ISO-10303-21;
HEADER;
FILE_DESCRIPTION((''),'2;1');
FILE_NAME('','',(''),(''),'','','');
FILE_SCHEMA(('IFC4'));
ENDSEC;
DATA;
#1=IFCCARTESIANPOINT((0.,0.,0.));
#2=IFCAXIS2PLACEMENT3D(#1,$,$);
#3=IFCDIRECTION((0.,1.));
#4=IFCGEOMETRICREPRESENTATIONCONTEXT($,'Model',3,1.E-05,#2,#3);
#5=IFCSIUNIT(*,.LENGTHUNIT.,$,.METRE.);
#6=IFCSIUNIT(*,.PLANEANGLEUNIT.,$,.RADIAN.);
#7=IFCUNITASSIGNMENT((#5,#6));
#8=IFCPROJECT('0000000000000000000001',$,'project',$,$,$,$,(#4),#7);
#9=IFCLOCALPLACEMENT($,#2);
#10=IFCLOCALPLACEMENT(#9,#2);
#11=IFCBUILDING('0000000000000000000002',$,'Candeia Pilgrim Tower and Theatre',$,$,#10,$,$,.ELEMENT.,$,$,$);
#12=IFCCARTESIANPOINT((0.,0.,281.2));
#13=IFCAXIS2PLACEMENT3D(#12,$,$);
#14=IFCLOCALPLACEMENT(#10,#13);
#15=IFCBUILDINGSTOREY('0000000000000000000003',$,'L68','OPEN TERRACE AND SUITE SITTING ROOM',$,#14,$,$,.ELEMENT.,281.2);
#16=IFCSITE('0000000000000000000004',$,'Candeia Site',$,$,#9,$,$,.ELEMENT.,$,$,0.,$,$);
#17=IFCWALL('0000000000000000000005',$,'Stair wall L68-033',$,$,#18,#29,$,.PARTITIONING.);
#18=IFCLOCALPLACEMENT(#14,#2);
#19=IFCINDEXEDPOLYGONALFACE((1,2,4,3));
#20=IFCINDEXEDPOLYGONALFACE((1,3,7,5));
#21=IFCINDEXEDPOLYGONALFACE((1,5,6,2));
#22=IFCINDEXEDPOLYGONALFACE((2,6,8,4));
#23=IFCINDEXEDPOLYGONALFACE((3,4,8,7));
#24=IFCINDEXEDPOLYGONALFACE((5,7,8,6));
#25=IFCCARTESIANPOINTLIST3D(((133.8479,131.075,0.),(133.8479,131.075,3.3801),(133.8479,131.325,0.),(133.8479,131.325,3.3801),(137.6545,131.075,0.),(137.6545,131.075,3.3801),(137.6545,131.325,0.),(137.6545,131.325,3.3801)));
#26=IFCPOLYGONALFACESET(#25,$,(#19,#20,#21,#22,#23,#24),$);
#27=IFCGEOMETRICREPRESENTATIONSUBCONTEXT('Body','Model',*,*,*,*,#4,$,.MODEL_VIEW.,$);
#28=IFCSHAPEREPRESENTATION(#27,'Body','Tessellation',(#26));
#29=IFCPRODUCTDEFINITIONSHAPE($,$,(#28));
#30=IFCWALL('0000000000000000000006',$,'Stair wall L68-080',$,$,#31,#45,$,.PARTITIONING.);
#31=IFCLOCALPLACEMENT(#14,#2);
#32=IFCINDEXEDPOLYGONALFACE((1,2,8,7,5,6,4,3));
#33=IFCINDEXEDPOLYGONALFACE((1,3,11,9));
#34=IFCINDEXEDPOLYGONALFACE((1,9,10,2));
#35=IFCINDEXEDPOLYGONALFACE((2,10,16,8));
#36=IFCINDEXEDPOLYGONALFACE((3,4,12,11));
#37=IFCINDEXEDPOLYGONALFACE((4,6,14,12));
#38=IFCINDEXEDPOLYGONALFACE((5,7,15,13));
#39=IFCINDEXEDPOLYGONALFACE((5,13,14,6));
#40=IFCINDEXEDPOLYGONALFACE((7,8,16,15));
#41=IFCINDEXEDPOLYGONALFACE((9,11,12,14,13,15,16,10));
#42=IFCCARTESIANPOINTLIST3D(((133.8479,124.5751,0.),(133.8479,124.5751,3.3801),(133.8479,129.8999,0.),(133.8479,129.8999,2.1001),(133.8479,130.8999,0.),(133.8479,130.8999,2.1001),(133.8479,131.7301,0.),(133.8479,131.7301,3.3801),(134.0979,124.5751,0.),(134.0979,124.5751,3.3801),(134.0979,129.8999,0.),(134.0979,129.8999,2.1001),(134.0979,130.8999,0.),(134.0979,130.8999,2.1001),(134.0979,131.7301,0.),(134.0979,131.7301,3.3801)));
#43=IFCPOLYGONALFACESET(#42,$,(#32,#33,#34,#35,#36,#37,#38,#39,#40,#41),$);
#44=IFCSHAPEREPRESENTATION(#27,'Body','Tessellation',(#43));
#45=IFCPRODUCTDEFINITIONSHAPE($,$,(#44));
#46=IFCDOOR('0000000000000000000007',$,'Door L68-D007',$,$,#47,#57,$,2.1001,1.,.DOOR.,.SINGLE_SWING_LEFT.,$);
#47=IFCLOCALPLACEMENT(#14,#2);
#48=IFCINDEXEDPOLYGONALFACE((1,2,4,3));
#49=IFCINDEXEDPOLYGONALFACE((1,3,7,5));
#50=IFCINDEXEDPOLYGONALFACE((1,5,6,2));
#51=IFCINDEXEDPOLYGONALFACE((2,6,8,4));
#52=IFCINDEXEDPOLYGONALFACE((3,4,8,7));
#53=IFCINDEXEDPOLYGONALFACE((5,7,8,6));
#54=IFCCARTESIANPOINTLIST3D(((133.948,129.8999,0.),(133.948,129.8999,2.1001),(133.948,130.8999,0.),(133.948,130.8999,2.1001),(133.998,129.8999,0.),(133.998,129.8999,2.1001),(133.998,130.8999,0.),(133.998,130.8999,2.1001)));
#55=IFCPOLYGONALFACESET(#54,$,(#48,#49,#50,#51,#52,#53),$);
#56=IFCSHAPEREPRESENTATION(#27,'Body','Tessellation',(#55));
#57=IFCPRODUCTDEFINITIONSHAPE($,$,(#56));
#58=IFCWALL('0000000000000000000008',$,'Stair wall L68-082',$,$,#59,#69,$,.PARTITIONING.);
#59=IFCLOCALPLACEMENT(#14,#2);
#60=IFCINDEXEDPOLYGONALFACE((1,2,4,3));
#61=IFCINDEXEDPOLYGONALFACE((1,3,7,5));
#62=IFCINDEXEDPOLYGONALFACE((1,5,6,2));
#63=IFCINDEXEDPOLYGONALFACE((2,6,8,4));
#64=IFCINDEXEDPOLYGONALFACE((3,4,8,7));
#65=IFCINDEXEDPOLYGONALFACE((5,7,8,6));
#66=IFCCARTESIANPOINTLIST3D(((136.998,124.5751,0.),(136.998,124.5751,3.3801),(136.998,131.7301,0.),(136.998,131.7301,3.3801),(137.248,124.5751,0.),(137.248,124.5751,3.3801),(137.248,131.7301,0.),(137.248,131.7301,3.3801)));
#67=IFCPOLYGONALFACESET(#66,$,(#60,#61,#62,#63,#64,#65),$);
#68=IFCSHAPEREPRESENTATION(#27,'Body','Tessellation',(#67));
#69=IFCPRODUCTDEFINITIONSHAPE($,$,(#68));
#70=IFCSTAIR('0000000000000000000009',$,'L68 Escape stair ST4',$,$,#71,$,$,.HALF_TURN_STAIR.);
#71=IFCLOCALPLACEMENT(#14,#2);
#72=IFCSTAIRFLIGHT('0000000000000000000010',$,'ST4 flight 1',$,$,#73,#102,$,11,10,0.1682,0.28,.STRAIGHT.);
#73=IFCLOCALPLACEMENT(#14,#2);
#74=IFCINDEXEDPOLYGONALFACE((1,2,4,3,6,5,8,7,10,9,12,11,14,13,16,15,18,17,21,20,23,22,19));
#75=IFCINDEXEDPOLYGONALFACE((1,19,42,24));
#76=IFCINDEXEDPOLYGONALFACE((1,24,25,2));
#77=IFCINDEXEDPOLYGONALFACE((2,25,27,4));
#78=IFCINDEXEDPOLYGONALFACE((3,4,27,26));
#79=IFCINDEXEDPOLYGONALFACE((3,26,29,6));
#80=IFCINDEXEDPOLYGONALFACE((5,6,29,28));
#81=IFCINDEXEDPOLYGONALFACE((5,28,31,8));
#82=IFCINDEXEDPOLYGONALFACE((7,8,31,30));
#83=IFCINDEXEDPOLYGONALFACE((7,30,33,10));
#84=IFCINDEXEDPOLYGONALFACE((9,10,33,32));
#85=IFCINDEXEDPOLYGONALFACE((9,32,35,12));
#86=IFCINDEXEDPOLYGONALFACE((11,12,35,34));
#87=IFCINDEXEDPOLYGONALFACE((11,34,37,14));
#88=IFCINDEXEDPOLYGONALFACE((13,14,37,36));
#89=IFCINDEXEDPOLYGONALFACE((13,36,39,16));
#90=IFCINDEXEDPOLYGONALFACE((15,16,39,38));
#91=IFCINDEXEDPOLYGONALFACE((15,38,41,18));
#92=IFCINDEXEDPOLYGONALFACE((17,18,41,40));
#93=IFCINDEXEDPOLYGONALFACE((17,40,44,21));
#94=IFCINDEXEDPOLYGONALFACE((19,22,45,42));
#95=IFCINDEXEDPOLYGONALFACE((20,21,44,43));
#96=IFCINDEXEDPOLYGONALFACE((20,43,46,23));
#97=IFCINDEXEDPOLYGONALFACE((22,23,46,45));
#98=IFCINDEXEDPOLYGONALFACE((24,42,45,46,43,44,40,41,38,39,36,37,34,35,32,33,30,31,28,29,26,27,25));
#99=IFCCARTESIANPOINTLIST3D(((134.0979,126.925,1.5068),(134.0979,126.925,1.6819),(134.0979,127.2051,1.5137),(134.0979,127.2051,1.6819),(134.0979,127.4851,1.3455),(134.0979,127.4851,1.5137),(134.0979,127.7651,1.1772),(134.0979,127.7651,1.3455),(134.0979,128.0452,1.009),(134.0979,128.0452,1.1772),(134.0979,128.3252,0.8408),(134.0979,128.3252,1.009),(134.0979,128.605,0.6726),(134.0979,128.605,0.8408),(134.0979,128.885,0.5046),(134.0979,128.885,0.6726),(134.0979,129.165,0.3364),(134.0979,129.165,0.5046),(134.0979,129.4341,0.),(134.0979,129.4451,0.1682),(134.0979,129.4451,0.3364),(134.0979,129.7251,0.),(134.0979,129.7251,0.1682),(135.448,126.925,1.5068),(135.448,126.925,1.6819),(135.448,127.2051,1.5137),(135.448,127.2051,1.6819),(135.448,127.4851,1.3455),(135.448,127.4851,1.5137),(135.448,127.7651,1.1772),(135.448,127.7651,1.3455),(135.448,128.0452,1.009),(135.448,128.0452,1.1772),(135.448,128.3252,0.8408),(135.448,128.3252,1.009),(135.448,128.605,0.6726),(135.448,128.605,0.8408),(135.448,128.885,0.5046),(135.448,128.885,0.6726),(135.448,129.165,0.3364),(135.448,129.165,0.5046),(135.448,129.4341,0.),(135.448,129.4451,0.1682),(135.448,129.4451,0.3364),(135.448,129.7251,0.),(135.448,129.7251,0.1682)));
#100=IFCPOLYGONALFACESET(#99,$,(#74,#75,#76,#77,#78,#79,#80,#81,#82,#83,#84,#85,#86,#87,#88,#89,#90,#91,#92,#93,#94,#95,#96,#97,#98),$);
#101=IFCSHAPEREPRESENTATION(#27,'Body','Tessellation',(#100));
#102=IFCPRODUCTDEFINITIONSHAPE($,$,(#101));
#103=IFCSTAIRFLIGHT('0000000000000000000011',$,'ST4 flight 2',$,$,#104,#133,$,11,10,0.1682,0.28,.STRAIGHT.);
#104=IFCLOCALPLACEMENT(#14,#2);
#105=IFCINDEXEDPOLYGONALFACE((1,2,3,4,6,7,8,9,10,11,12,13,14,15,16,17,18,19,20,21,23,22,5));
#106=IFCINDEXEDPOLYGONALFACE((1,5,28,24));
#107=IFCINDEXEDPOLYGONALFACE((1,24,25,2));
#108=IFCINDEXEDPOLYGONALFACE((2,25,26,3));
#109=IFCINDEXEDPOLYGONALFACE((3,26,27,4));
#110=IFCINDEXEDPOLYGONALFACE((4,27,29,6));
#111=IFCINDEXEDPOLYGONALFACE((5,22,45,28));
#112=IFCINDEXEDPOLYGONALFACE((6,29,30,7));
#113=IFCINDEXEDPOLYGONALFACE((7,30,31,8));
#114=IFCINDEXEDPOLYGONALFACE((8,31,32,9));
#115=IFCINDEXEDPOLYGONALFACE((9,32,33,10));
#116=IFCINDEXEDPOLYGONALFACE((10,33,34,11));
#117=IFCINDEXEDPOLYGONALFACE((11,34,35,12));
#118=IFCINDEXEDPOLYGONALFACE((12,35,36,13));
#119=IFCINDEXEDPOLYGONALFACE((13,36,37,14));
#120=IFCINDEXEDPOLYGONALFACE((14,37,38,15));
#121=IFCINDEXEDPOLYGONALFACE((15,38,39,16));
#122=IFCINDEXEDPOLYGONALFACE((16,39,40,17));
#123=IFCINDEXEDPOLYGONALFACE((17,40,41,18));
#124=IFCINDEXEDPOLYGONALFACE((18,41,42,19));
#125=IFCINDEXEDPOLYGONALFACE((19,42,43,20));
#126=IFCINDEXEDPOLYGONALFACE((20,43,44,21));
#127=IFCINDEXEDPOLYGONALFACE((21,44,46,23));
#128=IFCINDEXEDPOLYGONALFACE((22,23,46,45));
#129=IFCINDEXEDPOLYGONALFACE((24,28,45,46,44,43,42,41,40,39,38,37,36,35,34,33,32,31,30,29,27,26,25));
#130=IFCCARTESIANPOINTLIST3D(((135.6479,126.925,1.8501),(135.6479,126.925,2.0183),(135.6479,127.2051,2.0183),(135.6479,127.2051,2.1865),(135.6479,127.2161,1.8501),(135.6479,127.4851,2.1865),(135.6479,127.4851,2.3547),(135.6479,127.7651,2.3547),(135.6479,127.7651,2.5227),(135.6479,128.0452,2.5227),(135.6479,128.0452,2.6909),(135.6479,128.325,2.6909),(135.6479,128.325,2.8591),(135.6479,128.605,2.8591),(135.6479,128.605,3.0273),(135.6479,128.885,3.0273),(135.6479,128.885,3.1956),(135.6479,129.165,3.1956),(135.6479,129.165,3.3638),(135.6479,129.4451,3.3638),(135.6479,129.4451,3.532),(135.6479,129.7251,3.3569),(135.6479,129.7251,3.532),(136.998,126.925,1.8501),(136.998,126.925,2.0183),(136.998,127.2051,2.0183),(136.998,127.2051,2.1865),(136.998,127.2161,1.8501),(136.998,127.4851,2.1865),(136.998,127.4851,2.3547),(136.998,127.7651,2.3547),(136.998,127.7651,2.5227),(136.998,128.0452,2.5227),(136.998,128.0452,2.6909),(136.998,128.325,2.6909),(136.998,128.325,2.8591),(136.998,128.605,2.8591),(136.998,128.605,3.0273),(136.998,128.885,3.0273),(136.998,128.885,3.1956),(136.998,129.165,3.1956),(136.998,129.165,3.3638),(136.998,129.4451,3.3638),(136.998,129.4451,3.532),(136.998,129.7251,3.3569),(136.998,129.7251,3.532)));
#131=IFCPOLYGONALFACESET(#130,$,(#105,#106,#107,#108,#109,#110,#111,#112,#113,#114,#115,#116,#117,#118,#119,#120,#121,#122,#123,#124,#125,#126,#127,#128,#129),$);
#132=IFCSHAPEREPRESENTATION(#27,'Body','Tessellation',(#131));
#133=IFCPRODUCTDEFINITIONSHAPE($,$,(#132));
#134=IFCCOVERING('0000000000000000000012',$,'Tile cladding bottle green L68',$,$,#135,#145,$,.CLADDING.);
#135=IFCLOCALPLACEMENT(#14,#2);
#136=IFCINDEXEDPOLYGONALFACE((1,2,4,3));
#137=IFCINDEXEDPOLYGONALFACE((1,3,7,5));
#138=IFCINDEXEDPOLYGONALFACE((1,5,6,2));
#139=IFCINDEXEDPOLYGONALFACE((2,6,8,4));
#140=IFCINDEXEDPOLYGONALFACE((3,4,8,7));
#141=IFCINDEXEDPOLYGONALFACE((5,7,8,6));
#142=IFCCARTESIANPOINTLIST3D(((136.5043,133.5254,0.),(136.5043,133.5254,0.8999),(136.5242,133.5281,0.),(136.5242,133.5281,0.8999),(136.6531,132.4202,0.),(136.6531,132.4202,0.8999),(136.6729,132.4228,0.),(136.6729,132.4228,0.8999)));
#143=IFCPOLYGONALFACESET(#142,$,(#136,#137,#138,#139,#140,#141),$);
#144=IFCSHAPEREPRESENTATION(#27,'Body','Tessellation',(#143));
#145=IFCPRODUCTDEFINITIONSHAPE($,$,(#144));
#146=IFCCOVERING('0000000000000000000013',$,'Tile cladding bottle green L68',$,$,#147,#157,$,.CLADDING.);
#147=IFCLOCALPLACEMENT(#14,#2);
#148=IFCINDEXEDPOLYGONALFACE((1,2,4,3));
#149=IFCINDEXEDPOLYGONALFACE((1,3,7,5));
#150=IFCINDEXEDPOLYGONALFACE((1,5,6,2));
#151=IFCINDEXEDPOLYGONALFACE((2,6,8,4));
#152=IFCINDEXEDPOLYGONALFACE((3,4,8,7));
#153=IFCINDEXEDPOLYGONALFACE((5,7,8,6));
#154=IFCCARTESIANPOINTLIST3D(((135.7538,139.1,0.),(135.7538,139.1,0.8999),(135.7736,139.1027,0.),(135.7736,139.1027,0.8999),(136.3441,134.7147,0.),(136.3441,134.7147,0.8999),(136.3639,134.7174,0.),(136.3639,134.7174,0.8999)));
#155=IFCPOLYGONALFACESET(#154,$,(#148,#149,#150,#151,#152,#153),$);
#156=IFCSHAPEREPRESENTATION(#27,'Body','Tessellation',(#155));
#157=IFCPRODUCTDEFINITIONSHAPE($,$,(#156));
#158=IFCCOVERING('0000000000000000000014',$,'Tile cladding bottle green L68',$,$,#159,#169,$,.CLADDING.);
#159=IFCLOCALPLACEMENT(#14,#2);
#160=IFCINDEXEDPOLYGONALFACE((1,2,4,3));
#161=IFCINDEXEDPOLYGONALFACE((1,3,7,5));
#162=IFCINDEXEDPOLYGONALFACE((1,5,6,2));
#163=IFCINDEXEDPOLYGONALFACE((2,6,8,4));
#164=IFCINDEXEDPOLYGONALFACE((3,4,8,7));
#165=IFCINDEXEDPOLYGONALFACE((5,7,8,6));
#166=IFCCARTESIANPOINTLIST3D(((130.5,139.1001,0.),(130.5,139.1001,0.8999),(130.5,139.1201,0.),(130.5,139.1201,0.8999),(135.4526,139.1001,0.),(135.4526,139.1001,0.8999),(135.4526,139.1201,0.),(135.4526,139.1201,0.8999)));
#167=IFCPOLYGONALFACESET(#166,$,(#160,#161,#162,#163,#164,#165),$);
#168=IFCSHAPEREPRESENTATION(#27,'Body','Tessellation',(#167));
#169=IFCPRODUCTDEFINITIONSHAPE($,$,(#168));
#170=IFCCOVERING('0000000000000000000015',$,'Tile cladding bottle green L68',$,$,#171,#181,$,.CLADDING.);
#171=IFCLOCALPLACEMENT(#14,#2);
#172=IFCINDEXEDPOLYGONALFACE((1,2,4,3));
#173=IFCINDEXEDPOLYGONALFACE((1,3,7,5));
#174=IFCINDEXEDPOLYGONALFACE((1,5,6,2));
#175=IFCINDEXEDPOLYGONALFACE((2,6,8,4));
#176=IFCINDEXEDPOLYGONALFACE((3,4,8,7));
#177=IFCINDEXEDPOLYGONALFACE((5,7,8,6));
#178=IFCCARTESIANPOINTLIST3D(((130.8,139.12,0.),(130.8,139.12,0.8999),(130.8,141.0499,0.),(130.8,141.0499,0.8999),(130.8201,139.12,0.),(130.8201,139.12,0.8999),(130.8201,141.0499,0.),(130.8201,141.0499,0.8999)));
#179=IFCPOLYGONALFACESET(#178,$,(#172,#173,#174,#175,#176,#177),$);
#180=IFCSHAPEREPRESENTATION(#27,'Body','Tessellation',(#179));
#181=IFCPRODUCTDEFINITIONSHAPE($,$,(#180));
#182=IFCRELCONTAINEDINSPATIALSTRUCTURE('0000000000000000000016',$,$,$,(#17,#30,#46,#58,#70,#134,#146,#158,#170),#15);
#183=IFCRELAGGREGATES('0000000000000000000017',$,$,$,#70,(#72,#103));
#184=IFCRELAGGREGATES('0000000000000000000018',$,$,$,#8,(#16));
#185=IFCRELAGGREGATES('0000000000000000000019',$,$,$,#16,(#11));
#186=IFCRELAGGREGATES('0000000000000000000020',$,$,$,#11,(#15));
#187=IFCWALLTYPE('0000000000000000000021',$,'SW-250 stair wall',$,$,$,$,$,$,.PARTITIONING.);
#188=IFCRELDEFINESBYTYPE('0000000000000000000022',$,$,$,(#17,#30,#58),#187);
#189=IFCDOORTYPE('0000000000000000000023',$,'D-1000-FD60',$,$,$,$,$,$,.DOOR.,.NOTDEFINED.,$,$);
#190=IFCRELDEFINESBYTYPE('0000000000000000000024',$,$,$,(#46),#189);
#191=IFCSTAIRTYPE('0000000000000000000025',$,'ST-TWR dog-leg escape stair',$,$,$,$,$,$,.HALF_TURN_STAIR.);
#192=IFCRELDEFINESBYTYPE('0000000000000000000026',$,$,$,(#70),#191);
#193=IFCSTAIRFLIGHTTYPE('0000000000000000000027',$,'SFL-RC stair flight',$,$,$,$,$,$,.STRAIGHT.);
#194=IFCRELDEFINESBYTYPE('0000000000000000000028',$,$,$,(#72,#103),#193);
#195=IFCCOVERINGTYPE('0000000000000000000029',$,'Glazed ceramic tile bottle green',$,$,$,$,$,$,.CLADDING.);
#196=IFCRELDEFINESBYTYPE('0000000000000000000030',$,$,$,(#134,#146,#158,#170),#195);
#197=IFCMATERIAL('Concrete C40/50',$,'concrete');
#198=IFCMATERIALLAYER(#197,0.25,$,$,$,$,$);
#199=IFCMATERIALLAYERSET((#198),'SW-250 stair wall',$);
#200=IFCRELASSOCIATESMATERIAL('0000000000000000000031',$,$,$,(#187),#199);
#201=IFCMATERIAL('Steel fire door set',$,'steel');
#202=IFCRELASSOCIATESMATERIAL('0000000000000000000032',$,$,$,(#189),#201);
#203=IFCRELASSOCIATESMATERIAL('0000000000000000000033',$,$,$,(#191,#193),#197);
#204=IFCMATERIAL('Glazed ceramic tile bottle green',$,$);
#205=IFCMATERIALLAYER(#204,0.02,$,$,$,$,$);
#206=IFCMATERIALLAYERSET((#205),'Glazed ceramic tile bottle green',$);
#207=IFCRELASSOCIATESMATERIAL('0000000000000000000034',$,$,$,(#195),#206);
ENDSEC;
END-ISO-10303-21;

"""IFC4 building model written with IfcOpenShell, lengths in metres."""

from ifc_helpers import new_model, si_unit, direction, frame, frame_2d, origin, origin_2d, place, context, subcontext, project, spatial, polyline, rectangle, outline, extrude, material, layer, layer_set, type_object, element, fill, aggregate, save


model = new_model("IFC4")

# Units and contexts
model_context = context("Model", 3, precision=1e-05, world=origin(), true_north=direction((0.0, 1.0)))
body_context = subcontext(model_context, "Body", "Model", "MODEL_VIEW")
ifc_project = project(units=[si_unit("LENGTHUNIT", "METRE"), si_unit("PLANEANGLEUNIT", "RADIAN")], contexts=[model_context])

# Site, building, storey
site_placement = place(None, origin())
site = spatial("IfcSite", under=ifc_project, at=site_placement, Name="Candeia Site", CompositionType="ELEMENT", RefElevation=0.0)
building_placement = place(site_placement, origin())
building = spatial("IfcBuilding", under=site, at=building_placement, Name="Candeia Pilgrim Tower and Theatre", CompositionType="ELEMENT")
storey_placement = place(building_placement, frame((0.0, 0.0, 281.2)))
storey = spatial("IfcBuildingStorey", under=building, at=storey_placement, Name="L68", Description="OPEN TERRACE AND SUITE SITTING ROOM", CompositionType="ELEMENT", Elevation=281.2)

# Shared definitions
ifc_material_1 = material(Name="Concrete C40/50", Category="concrete")

# Wall
ifc_layer_1 = layer(ifc_material_1, 0.25)
ifc_layer_set_1 = layer_set([ifc_layer_1], Name="SW-250 stair wall")
wall_type_1 = type_object("IfcWallType", Name="SW-250 stair wall", PredefinedType="PARTITIONING", material=ifc_layer_set_1)
wall_1_placement = place(storey_placement, frame((133.8479, 131.2, 0.0), z_axis=(0.0, 0.0, 1.0), x_axis=(1.0, 0.0, 0.0)))
element("IfcWall", 1, at=wall_1_placement, inside=storey, type_object=wall_type_1, Name="Stair wall L68-033", PredefinedType="PARTITIONING", context=body_context, shape_type="SweptSolid", body=[
    extrude(rectangle(XDim=3.8066, YDim=0.25, at=frame_2d((1.9033, 0.0))), origin(), (0.0, 0.0, 1.0), 3.3801),
])

# Wall, opening, door
wall_2_placement = place(storey_placement, frame((133.9729, 124.575, 0.0), z_axis=(0.0, 0.0, 1.0), x_axis=(0.0, 1.0, 0.0)))
wall_2 = element("IfcWall", 2, at=wall_2_placement, inside=storey, type_object=wall_type_1, Name="Stair wall L68-080", PredefinedType="PARTITIONING", context=body_context, shape_type="SweptSolid", body=[
    extrude(rectangle(XDim=7.155, YDim=0.25, at=frame_2d((3.5776, 0.0))), origin(), (0.0, 0.0, 1.0), 3.3801),
])
opening_1_placement = place(wall_2_placement, frame((5.325, 0.0, 0.0)))
opening_1 = element("IfcOpeningElement", 3, at=opening_1_placement, cuts=wall_2, PredefinedType="OPENING", context=body_context, shape_type="SweptSolid", body=[
    extrude(rectangle(XDim=1.0, YDim=2.1001, at=frame_2d((0.5, 1.05))), frame((0.0, 0.135, 0.0), z_axis=(0.0, -1.0, 0.0), x_axis=(1.0, 0.0, 0.0)), (0.0, 0.0, 1.0), 0.27),
])
ifc_material_2 = material(Name="Steel fire door set", Category="steel")
door_type_1 = type_object("IfcDoorType", Name="D-1000-FD60", OperationType="NOTDEFINED", PredefinedType="DOOR", material=ifc_material_2)
door_1_placement = place(opening_1_placement, origin())
door_1 = element("IfcDoor", 4, at=door_1_placement, inside=storey, type_object=door_type_1, Name="Door L68-D007", OperationType="SINGLE_SWING_LEFT", OverallHeight=2.1001, OverallWidth=1.0, PredefinedType="DOOR", context=body_context, shape_type="SweptSolid", body=[
    extrude(rectangle(XDim=1.0, YDim=2.1001, at=frame_2d((0.5, 1.05))), frame((0.0, 0.0249, 0.0), z_axis=(0.0, -1.0, 0.0), x_axis=(1.0, 0.0, 0.0)), (0.0, 0.0, 1.0), 0.05),
])
fill(opening_1, door_1)

# Wall
wall_3_placement = place(storey_placement, frame((137.123, 124.575, 0.0), z_axis=(0.0, 0.0, 1.0), x_axis=(0.0, 1.0, 0.0)))
element("IfcWall", 5, at=wall_3_placement, inside=storey, type_object=wall_type_1, Name="Stair wall L68-082", PredefinedType="PARTITIONING", context=body_context, shape_type="SweptSolid", body=[
    extrude(rectangle(XDim=7.155, YDim=0.25, at=frame_2d((3.5776, 0.0))), origin(), (0.0, 0.0, 1.0), 3.3801),
])

# Stair, stair flights
stair_type = type_object("IfcStairType", Name="ST-TWR dog-leg escape stair", PredefinedType="HALF_TURN_STAIR", material=ifc_material_1)
stair_placement = place(storey_placement, origin())
stair = element("IfcStair", 6, at=stair_placement, inside=storey, type_object=stair_type, Name="L68 Escape stair ST4", PredefinedType="HALF_TURN_STAIR")
stair_flight_type = type_object("IfcStairFlightType", Name="SFL-RC stair flight", PredefinedType="STRAIGHT", material=ifc_material_1)
stair_flight_1_placement = place(storey_placement, frame((134.7729, 129.7251, 0.0), z_axis=(0.0, 0.0, 1.0), x_axis=(0.0, -1.0, 0.0)))
stair_flight_1 = element("IfcStairFlight", 7, at=stair_flight_1_placement, type_object=stair_flight_type, Name="ST4 flight 1", NumberOfRisers=11, NumberOfTreads=10, PredefinedType="STRAIGHT", RiserHeight=0.1682, TreadLength=0.28, context=body_context, shape_type="SweptSolid", body=[
    extrude(outline(polyline([(0.0, 0.0), (0.0, 0.1682), (0.28, 0.1682), (0.28, 0.3364), (0.5601, 0.3364), (0.5601, 0.5046), (0.8401, 0.5046), (0.8401, 0.6726), (1.1201, 0.6726), (1.1201, 0.8408), (1.3999, 0.8408), (1.3999, 1.009), (1.6799, 1.009), (1.6799, 1.1772), (1.96, 1.1772), (1.96, 1.3455), (2.24, 1.3455), (2.24, 1.5137), (2.52, 1.5137), (2.52, 1.6819), (2.8, 1.6819), (2.8, 1.8501), (2.8, 1.5068), (0.291, 0.0), (0.0, 0.0)])), frame((0.0, 0.675, 0.0), z_axis=(0.0, -1.0, 0.0), x_axis=(1.0, 0.0, 0.0)), (0.0, 0.0, 1.0), 1.3501),
])
stair_flight_2_placement = place(storey_placement, frame((136.323, 126.925, 1.8501), z_axis=(0.0, 0.0, 1.0), x_axis=(0.0, 1.0, 0.0)))
stair_flight_2 = element("IfcStairFlight", 8, at=stair_flight_2_placement, type_object=stair_flight_type, Name="ST4 flight 2", NumberOfRisers=11, NumberOfTreads=10, PredefinedType="STRAIGHT", RiserHeight=0.1682, TreadLength=0.28, context=body_context, shape_type="SweptSolid", body=[
    extrude(outline(polyline([(0.0, 0.0), (0.0, 0.1682), (0.28, 0.1682), (0.28, 0.3364), (0.5601, 0.3364), (0.5601, 0.5046), (0.8401, 0.5046), (0.8401, 0.6726), (1.1201, 0.6726), (1.1201, 0.8408), (1.3999, 0.8408), (1.3999, 1.009), (1.6799, 1.009), (1.6799, 1.1772), (1.96, 1.1772), (1.96, 1.3455), (2.24, 1.3455), (2.24, 1.5137), (2.52, 1.5137), (2.52, 1.6819), (2.8, 1.6819), (2.8, 1.8501), (2.8, 1.5068), (0.291, 0.0), (0.0, 0.0)])), frame((0.0, 0.675, 0.0), z_axis=(0.0, -1.0, 0.0), x_axis=(1.0, 0.0, 0.0)), (0.0, 0.0, 1.0), 1.3501),
])
aggregate(stair, [stair_flight_1, stair_flight_2])

# Coverings
ifc_material_3 = material(Name="Glazed ceramic tile bottle green")
ifc_layer_2 = layer(ifc_material_3, 0.02)
ifc_layer_set_2 = layer_set([ifc_layer_2], Name="Glazed ceramic tile bottle green")
covering_type = type_object("IfcCoveringType", Name="Glazed ceramic tile bottle green", PredefinedType="CLADDING", material=ifc_layer_set_2)
covering_1_placement = place(storey_placement, frame((136.5886, 132.9741, 0.0), z_axis=(0.0, 0.0, 1.0), x_axis=(-0.133412, 0.991061, 0.0)))
element("IfcCovering", 9, at=covering_1_placement, inside=storey, type_object=covering_type, Name="Tile cladding bottle green L68", PredefinedType="CLADDING", context=body_context, shape_type="SweptSolid", body=[
    extrude(rectangle(XDim=1.1152, YDim=0.02, at=origin_2d()), origin(), (0.0, 0.0, 1.0), 0.8999),
])
covering_2_placement = place(storey_placement, frame((136.0588, 136.9087, 0.0), z_axis=(0.0, 0.0, 1.0), x_axis=(-0.133412, 0.991061, 0.0)))
element("IfcCovering", 10, at=covering_2_placement, inside=storey, type_object=covering_type, Name="Tile cladding bottle green L68", PredefinedType="CLADDING", context=body_context, shape_type="SweptSolid", body=[
    extrude(rectangle(XDim=4.4248, YDim=0.02, at=origin_2d()), origin(), (0.0, 0.0, 1.0), 0.8999),
])
covering_3_placement = place(storey_placement, frame((132.9763, 139.1101, 0.0), z_axis=(0.0, 0.0, 1.0), x_axis=(-1.0, 0.0, 0.0)))
element("IfcCovering", 11, at=covering_3_placement, inside=storey, type_object=covering_type, Name="Tile cladding bottle green L68", PredefinedType="CLADDING", context=body_context, shape_type="SweptSolid", body=[
    extrude(rectangle(XDim=4.9526, YDim=0.02, at=origin_2d()), origin(), (0.0, 0.0, 1.0), 0.8999),
])
covering_4_placement = place(storey_placement, frame((130.8101, 140.085, 0.0), z_axis=(0.0, 0.0, 1.0), x_axis=(0.0, 1.0, 0.0)))
element("IfcCovering", 12, at=covering_4_placement, inside=storey, type_object=covering_type, Name="Tile cladding bottle green L68", PredefinedType="CLADDING", context=body_context, shape_type="SweptSolid", body=[
    extrude(rectangle(XDim=1.9299, YDim=0.02, at=origin_2d()), origin(), (0.0, 0.0, 1.0), 0.8999),
])

save(model, "model.ifc")
